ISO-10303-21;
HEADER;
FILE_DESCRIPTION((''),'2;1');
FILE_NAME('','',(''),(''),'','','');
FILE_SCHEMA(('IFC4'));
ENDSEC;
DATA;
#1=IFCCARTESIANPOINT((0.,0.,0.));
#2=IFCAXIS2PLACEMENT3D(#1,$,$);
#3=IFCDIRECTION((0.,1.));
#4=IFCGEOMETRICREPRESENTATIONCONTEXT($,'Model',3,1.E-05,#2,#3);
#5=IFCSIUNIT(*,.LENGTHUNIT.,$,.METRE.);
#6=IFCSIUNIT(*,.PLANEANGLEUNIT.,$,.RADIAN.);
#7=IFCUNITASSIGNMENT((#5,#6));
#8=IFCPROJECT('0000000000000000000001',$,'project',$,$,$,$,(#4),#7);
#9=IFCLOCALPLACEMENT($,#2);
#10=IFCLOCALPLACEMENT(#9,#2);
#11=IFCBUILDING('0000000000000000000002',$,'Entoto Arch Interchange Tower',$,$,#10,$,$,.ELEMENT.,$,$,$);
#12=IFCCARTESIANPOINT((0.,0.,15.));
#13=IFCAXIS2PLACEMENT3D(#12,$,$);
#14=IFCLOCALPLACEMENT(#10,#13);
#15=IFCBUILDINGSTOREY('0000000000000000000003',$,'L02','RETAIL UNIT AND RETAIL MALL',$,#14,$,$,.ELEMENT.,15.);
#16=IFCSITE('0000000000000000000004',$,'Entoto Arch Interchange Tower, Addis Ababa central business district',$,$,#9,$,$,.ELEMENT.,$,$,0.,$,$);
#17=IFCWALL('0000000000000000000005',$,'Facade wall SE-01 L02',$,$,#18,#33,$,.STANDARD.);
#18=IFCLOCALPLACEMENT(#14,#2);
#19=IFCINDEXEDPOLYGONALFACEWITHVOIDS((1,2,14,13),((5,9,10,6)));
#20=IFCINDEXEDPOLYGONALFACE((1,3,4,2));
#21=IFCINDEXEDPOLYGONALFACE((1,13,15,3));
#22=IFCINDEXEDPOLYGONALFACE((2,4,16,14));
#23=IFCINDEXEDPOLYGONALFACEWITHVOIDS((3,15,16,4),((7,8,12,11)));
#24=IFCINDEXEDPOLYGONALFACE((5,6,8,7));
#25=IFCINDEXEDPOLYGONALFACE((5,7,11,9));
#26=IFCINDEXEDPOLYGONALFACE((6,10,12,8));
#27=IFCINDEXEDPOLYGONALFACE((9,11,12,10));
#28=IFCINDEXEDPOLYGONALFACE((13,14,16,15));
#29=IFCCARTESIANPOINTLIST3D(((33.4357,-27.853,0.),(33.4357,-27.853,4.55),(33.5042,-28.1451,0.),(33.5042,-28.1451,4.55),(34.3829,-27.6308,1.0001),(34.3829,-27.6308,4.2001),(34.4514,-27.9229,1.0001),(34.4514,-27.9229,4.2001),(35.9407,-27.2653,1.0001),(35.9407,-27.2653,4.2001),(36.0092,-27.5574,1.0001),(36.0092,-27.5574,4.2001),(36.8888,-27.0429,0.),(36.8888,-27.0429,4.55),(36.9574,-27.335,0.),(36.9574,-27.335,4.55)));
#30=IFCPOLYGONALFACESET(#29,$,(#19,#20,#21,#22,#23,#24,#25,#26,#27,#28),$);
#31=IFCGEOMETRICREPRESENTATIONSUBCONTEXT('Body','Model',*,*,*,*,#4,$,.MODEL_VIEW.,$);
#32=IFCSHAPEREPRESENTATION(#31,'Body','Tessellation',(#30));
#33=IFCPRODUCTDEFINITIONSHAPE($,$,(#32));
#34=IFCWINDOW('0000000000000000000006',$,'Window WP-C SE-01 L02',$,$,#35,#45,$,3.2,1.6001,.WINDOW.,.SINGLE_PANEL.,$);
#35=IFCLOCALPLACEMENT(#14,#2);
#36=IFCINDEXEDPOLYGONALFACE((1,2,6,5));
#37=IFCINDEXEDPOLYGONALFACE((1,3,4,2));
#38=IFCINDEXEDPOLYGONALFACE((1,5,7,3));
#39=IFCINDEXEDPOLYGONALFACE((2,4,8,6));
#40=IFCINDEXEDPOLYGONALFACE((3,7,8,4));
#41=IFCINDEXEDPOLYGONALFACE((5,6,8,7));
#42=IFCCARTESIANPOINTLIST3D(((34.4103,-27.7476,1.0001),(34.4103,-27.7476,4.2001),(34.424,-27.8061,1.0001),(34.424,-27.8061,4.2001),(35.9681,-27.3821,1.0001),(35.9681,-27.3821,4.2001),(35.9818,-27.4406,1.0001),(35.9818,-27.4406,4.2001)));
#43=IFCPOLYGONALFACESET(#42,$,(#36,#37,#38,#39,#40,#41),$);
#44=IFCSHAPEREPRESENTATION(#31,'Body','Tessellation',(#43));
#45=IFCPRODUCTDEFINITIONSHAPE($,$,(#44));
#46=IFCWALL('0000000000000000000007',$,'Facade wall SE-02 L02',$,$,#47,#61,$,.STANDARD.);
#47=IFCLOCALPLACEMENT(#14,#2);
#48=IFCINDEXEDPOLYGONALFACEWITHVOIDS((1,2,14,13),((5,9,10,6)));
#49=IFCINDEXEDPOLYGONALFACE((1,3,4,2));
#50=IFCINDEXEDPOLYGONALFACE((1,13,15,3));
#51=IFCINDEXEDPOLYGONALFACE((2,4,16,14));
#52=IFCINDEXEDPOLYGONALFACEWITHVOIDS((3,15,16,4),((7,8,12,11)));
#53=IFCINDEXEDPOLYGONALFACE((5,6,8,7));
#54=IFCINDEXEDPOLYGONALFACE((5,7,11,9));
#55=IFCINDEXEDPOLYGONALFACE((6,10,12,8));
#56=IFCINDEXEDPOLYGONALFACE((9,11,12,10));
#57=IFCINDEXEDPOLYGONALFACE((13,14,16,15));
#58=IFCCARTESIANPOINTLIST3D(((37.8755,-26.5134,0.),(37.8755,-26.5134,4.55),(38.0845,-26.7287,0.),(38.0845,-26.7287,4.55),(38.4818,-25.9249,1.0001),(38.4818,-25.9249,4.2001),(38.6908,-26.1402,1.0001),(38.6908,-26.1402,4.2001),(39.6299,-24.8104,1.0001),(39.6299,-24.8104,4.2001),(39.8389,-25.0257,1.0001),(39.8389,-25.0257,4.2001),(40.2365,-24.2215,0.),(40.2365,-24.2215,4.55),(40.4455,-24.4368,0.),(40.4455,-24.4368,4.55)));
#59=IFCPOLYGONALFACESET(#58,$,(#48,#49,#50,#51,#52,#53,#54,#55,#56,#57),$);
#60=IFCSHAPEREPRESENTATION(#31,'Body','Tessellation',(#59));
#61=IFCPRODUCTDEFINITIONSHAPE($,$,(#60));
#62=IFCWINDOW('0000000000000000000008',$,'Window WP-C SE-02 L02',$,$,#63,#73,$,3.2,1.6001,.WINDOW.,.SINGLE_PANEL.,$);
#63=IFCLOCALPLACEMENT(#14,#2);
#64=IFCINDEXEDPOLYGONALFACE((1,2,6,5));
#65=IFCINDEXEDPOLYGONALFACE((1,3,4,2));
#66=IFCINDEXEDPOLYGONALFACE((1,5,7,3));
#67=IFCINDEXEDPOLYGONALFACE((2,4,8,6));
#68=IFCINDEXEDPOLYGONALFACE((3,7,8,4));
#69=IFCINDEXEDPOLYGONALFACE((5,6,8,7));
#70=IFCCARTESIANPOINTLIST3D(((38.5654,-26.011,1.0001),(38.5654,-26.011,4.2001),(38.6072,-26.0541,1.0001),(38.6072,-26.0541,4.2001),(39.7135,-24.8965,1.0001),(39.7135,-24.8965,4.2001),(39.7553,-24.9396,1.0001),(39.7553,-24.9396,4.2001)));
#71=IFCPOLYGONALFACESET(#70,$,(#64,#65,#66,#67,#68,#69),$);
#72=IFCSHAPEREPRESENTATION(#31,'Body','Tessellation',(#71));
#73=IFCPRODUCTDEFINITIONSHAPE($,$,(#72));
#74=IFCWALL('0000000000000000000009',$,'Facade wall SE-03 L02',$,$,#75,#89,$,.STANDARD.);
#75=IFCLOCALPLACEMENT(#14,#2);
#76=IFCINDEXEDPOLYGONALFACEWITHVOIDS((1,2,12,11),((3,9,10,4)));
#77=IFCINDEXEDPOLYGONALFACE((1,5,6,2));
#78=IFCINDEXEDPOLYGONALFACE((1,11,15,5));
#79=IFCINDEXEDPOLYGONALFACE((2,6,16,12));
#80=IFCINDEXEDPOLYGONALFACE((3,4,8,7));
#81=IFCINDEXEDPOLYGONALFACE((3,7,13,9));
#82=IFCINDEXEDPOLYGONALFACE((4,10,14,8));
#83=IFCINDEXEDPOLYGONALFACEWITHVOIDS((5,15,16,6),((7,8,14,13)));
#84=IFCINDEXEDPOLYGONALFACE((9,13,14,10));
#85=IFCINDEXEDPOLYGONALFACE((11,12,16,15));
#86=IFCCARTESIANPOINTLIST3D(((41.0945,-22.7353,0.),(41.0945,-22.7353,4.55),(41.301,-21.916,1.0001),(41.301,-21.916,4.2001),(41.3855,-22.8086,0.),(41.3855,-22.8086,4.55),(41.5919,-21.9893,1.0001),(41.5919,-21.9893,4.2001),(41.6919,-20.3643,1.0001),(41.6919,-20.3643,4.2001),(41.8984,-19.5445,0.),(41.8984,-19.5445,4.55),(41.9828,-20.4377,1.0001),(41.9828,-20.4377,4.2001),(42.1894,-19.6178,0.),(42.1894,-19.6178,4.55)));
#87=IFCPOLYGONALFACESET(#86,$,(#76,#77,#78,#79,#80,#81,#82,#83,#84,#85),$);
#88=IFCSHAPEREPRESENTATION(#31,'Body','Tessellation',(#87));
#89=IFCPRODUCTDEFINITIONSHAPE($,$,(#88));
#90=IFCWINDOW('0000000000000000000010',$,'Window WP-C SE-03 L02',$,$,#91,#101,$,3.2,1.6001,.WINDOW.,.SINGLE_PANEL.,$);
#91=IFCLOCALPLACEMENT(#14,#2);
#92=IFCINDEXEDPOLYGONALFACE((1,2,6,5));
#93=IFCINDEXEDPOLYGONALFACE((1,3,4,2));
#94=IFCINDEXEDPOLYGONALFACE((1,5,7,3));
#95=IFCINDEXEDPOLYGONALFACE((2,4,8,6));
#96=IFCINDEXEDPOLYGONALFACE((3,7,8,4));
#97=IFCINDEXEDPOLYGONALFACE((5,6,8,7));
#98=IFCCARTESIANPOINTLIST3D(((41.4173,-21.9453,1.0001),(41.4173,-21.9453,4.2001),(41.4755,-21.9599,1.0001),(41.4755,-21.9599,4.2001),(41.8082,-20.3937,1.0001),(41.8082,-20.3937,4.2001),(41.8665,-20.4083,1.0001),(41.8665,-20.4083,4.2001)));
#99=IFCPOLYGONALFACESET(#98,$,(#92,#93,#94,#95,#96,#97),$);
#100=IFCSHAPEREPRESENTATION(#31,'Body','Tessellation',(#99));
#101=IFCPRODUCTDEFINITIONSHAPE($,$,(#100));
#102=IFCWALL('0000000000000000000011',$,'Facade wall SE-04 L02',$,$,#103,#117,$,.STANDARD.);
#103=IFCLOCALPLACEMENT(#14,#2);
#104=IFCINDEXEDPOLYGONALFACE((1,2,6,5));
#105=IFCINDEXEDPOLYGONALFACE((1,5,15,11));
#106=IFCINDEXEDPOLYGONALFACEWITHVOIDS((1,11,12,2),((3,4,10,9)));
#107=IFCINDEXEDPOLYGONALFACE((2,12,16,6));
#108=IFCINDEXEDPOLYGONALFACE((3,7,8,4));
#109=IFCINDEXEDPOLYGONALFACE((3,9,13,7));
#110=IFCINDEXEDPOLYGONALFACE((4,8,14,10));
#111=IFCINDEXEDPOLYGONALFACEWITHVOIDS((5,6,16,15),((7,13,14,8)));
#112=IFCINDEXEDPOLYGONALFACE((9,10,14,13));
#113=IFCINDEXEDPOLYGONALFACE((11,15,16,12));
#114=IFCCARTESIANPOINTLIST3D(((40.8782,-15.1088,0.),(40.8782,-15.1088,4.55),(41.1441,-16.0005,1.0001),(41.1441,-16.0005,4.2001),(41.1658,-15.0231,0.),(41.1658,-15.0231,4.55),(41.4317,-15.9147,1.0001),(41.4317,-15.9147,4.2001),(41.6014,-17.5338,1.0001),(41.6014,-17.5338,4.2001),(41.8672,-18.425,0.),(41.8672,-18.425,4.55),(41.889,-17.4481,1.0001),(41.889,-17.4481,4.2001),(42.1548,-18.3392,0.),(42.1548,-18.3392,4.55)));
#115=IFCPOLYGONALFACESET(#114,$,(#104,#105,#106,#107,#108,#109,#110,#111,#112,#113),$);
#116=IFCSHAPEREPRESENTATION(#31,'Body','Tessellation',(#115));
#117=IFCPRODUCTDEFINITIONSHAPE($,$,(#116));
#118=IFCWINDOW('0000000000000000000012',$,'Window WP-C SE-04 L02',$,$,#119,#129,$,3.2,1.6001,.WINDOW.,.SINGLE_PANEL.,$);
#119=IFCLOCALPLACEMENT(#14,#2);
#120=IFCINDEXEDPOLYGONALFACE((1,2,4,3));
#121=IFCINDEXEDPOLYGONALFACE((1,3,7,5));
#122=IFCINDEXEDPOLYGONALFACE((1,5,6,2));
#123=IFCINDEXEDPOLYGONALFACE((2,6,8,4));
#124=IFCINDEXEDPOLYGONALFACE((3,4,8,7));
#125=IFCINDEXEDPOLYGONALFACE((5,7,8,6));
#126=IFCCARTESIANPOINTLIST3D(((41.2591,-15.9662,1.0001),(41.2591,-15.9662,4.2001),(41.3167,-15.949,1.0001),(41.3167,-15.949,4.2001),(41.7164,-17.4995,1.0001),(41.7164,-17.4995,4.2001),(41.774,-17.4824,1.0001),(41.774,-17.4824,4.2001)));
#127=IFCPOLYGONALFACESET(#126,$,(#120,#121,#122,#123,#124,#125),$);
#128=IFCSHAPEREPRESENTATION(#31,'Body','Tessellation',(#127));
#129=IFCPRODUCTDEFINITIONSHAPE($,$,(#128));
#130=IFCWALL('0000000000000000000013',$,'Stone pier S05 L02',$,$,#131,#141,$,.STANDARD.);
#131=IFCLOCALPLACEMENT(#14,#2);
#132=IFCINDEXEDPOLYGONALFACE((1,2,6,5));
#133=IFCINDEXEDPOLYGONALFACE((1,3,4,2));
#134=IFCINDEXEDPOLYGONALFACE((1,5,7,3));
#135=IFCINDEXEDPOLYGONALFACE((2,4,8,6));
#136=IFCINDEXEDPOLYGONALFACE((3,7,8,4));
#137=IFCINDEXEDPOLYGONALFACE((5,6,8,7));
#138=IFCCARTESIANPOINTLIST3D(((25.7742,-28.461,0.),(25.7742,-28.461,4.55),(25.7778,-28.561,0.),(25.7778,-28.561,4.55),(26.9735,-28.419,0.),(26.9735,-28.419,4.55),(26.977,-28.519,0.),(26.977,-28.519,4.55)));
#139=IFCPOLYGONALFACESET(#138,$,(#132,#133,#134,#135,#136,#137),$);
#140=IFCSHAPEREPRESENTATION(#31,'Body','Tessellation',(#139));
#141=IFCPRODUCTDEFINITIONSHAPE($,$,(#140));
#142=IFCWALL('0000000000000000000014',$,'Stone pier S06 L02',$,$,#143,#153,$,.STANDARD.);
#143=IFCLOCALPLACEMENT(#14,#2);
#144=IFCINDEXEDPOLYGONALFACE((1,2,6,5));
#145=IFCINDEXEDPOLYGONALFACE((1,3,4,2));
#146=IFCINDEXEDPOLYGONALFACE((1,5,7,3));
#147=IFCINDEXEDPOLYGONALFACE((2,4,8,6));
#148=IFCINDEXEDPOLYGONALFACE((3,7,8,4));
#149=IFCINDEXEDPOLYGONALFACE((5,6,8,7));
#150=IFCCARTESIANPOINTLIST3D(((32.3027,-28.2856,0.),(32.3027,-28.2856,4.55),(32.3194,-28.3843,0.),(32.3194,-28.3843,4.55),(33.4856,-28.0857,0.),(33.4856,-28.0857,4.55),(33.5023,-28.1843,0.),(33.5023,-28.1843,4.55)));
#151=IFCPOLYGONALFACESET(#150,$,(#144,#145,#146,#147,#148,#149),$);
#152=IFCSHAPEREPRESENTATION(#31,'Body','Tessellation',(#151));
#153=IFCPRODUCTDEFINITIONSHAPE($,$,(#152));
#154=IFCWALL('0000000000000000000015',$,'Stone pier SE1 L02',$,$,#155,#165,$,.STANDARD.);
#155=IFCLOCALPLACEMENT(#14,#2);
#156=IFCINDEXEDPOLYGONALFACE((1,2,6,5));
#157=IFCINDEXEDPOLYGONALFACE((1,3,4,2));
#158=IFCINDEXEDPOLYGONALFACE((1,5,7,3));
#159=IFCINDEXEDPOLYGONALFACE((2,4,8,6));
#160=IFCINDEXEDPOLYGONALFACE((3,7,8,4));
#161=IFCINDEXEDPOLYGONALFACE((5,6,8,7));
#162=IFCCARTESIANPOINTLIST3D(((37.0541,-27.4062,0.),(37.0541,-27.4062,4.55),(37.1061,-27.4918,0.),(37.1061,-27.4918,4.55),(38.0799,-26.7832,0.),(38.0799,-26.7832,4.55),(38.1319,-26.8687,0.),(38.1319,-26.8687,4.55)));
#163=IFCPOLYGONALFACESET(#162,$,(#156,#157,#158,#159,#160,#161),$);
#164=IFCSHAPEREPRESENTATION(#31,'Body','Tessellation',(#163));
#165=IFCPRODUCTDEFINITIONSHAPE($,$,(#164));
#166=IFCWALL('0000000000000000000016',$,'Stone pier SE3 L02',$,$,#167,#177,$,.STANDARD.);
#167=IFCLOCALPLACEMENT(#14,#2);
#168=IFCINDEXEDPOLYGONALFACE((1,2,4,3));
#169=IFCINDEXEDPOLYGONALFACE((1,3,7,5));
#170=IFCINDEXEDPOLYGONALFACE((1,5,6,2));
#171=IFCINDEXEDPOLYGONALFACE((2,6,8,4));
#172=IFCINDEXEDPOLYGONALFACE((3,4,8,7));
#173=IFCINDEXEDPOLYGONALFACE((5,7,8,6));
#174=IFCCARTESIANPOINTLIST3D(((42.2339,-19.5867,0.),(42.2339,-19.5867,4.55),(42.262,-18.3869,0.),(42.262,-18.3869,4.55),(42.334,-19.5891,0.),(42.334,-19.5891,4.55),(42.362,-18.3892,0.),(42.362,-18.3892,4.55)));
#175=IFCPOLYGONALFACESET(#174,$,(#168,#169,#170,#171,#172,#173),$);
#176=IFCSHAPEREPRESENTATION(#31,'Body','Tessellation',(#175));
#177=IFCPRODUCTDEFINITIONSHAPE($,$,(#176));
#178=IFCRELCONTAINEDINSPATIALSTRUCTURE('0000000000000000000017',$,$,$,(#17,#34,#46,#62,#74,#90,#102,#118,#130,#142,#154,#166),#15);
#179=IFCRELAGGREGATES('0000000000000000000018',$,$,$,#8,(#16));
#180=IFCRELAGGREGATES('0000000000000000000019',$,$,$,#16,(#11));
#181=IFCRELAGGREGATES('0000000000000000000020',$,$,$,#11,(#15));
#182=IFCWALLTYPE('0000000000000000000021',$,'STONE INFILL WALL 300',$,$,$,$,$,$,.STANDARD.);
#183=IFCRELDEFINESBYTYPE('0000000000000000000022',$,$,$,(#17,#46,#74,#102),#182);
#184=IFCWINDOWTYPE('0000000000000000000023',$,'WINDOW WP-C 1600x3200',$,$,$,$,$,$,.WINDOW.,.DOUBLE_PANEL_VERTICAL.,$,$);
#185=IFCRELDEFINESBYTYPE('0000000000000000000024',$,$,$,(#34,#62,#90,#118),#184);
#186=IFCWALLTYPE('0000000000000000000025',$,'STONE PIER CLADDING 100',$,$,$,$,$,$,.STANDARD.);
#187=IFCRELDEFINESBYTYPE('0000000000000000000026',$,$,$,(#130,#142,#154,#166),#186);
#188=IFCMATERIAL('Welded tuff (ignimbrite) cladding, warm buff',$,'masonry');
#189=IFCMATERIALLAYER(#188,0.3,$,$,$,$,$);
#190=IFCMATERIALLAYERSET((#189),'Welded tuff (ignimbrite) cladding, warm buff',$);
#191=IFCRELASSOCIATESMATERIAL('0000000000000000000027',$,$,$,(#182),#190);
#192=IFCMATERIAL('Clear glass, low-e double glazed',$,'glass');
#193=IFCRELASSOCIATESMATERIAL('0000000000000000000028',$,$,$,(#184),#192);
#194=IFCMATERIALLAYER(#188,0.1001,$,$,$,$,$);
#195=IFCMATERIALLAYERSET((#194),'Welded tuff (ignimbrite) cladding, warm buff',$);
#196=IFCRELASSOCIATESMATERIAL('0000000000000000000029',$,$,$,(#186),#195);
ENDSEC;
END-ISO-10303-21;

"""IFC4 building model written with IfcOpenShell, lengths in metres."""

from ifc_helpers import new_model, si_unit, direction, frame, frame_2d, origin, place, context, subcontext, project, spatial, rectangle, extrude, material, layer, layer_set, type_object, element, fill, save


model = new_model("IFC4")

# Units and contexts
model_context = context("Model", 3, precision=1e-05, world=origin(), true_north=direction((0.0, 1.0)))
body_context = subcontext(model_context, "Body", "Model", "MODEL_VIEW")
ifc_project = project(units=[si_unit("LENGTHUNIT", "METRE"), si_unit("PLANEANGLEUNIT", "RADIAN")], contexts=[model_context])

# Site, building, storey
site_placement = place(None, origin())
site = spatial("IfcSite", under=ifc_project, at=site_placement, Name="Entoto Arch Interchange Tower, Addis Ababa central business district", CompositionType="ELEMENT", RefElevation=0.0)
building_placement = place(site_placement, origin())
building = spatial("IfcBuilding", under=site, at=building_placement, Name="Entoto Arch Interchange Tower", CompositionType="ELEMENT")
storey_placement = place(building_placement, frame((0.0, 0.0, 15.0)))
storey = spatial("IfcBuildingStorey", under=building, at=storey_placement, Name="L02", Description="RETAIL UNIT AND RETAIL MALL", CompositionType="ELEMENT", Elevation=15.0)

# Shared definitions
ifc_material_1 = material(Name="Welded tuff (ignimbrite) cladding, warm buff", Category="masonry")
ifc_layer_1 = layer(ifc_material_1, 0.3)
ifc_layer_set_1 = layer_set([ifc_layer_1], Name="Welded tuff (ignimbrite) cladding, warm buff")
wall_type_1 = type_object("IfcWallType", Name="STONE INFILL WALL 300", PredefinedType="STANDARD", material=ifc_layer_set_1)
ifc_material_2 = material(Name="Clear glass, low-e double glazed", Category="glass")
window_type = type_object("IfcWindowType", Name="WINDOW WP-C 1600x3200", PartitioningType="DOUBLE_PANEL_VERTICAL", PredefinedType="WINDOW", material=ifc_material_2)

# Walls, openings, windows
wall_1_placement = place(storey_placement, frame((33.47, -27.999, 0.0), z_axis=(0.0, 0.0, 1.0), x_axis=(0.97357, 0.228387, 0.0)))
wall_1 = element("IfcWall", 1, at=wall_1_placement, inside=storey, type_object=wall_type_1, Name="Facade wall SE-01 L02", PredefinedType="STANDARD", context=body_context, shape_type="SweptSolid", body=[
    extrude(rectangle(XDim=3.5469, YDim=0.3, at=frame_2d((1.7734, 0.0))), origin(), (0.0, 0.0, 1.0), 4.55),
])
opening_1_placement = place(wall_1_placement, frame((0.9729, 0.0, 1.0)))
opening_1 = element("IfcOpeningElement", 2, at=opening_1_placement, cuts=wall_1, PredefinedType="OPENING", context=body_context, shape_type="SweptSolid", body=[
    extrude(rectangle(XDim=1.6001, YDim=3.2, at=frame_2d((0.8, 1.6001))), frame((0.0, 0.1602, 0.0), z_axis=(0.0, -1.0, 0.0), x_axis=(1.0, 0.0, 0.0)), (0.0, 0.0, 1.0), 0.3201),
])
window_1_placement = place(opening_1_placement, origin())
window_1 = element("IfcWindow", 3, at=window_1_placement, inside=storey, type_object=window_type, Name="Window WP-C SE-01 L02", OverallHeight=3.2, OverallWidth=1.6001, PartitioningType="SINGLE_PANEL", PredefinedType="WINDOW", context=body_context, shape_type="SweptSolid", body=[
    extrude(rectangle(XDim=1.6001, YDim=3.2, at=frame_2d((0.8, 1.6001))), frame((0.0, 0.03, 0.0), z_axis=(0.0, -1.0, 0.0), x_axis=(1.0, 0.0, 0.0)), (0.0, 0.0, 1.0), 0.0601),
])
fill(opening_1, window_1)
wall_2_placement = place(storey_placement, frame((37.98, -26.6211, 0.0), z_axis=(0.0, 0.0, 1.0), x_axis=(0.717527, 0.69653, 0.0)))
wall_2 = element("IfcWall", 4, at=wall_2_placement, inside=storey, type_object=wall_type_1, Name="Facade wall SE-02 L02", PredefinedType="STANDARD", context=body_context, shape_type="SweptSolid", body=[
    extrude(rectangle(XDim=3.2905, YDim=0.3, at=frame_2d((1.6453, 0.0))), origin(), (0.0, 0.0, 1.0), 4.55),
])
opening_2_placement = place(wall_2_placement, frame((0.845, 0.0, 1.0)))
opening_2 = element("IfcOpeningElement", 5, at=opening_2_placement, cuts=wall_2, PredefinedType="OPENING", context=body_context, shape_type="SweptSolid", body=[
    extrude(rectangle(XDim=1.6001, YDim=3.2, at=frame_2d((0.8, 1.6001))), frame((0.0, 0.1602, 0.0), z_axis=(0.0, -1.0, 0.0), x_axis=(1.0, 0.0, 0.0)), (0.0, 0.0, 1.0), 0.3201),
])
window_2_placement = place(opening_2_placement, origin())
window_2 = element("IfcWindow", 6, at=window_2_placement, inside=storey, type_object=window_type, Name="Window WP-C SE-02 L02", OverallHeight=3.2, OverallWidth=1.6001, PartitioningType="SINGLE_PANEL", PredefinedType="WINDOW", context=body_context, shape_type="SweptSolid", body=[
    extrude(rectangle(XDim=1.6001, YDim=3.2, at=frame_2d((0.8, 1.6001))), frame((0.0, 0.03, 0.0), z_axis=(0.0, -1.0, 0.0), x_axis=(1.0, 0.0, 0.0)), (0.0, 0.0, 1.0), 0.0601),
])
fill(opening_2, window_2)
wall_3_placement = place(storey_placement, frame((41.24, -22.772, 0.0), z_axis=(0.0, 0.0, 1.0), x_axis=(0.244316, 0.969696, 0.0)))
wall_3 = element("IfcWall", 7, at=wall_3_placement, inside=storey, type_object=wall_type_1, Name="Facade wall SE-03 L02", PredefinedType="STANDARD", context=body_context, shape_type="SweptSolid", body=[
    extrude(rectangle(XDim=3.2905, YDim=0.3, at=frame_2d((1.6453, 0.0))), origin(), (0.0, 0.0, 1.0), 4.55),
])
opening_3_placement = place(wall_3_placement, frame((0.845, 0.0, 1.0)))
opening_3 = element("IfcOpeningElement", 8, at=opening_3_placement, cuts=wall_3, PredefinedType="OPENING", context=body_context, shape_type="SweptSolid", body=[
    extrude(rectangle(XDim=1.6001, YDim=3.2, at=frame_2d((0.8, 1.6001))), frame((0.0, 0.1602, 0.0), z_axis=(0.0, -1.0, 0.0), x_axis=(1.0, 0.0, 0.0)), (0.0, 0.0, 1.0), 0.3201),
])
window_3_placement = place(opening_3_placement, origin())
window_3 = element("IfcWindow", 9, at=window_3_placement, inside=storey, type_object=window_type, Name="Window WP-C SE-03 L02", OverallHeight=3.2, OverallWidth=1.6001, PartitioningType="SINGLE_PANEL", PredefinedType="WINDOW", context=body_context, shape_type="SweptSolid", body=[
    extrude(rectangle(XDim=1.6001, YDim=3.2, at=frame_2d((0.8, 1.6001))), frame((0.0, 0.03, 0.0), z_axis=(0.0, -1.0, 0.0), x_axis=(1.0, 0.0, 0.0)), (0.0, 0.0, 1.0), 0.0601),
])
fill(opening_3, window_3)
wall_4_placement = place(storey_placement, frame((42.011, -18.3821, 0.0), z_axis=(0.0, 0.0, 1.0), x_axis=(-0.285801, 0.958289, 0.0)))
wall_4 = element("IfcWall", 10, at=wall_4_placement, inside=storey, type_object=wall_type_1, Name="Facade wall SE-04 L02", PredefinedType="STANDARD", context=body_context, shape_type="SweptSolid", body=[
    extrude(rectangle(XDim=3.4604, YDim=0.3, at=frame_2d((1.7302, 0.0))), origin(), (0.0, 0.0, 1.0), 4.55),
])
opening_4_placement = place(wall_4_placement, frame((0.9299, 0.0, 1.0)))
opening_4 = element("IfcOpeningElement", 11, at=opening_4_placement, cuts=wall_4, PredefinedType="OPENING", context=body_context, shape_type="SweptSolid", body=[
    extrude(rectangle(XDim=1.6001, YDim=3.2, at=frame_2d((0.8, 1.6001))), frame((0.0, 0.1602, 0.0), z_axis=(0.0, -1.0, 0.0), x_axis=(1.0, 0.0, 0.0)), (0.0, 0.0, 1.0), 0.3201),
])
window_4_placement = place(opening_4_placement, origin())
window_4 = element("IfcWindow", 12, at=window_4_placement, inside=storey, type_object=window_type, Name="Window WP-C SE-04 L02", OverallHeight=3.2, OverallWidth=1.6001, PartitioningType="SINGLE_PANEL", PredefinedType="WINDOW", context=body_context, shape_type="SweptSolid", body=[
    extrude(rectangle(XDim=1.6001, YDim=3.2, at=frame_2d((0.8, 1.6001))), frame((0.0, 0.03, 0.0), z_axis=(0.0, -1.0, 0.0), x_axis=(1.0, 0.0, 0.0)), (0.0, 0.0, 1.0), 0.0601),
])
fill(opening_4, window_4)

# Walls
ifc_layer_2 = layer(ifc_material_1, 0.1001)
ifc_layer_set_2 = layer_set([ifc_layer_2], Name="Welded tuff (ignimbrite) cladding, warm buff")
wall_type_2 = type_object("IfcWallType", Name="STONE PIER CLADDING 100", PredefinedType="STANDARD", material=ifc_layer_set_2)
wall_5_placement = place(storey_placement, frame((25.7759, -28.511, 0.0), z_axis=(0.0, 0.0, 1.0), x_axis=(0.999387, 0.034995, 0.0)))
element("IfcWall", 13, at=wall_5_placement, inside=storey, type_object=wall_type_2, Name="Stone pier S05 L02", PredefinedType="STANDARD", context=body_context, shape_type="SweptSolid", body=[
    extrude(rectangle(XDim=1.2, YDim=0.1001, at=frame_2d((0.6001, 0.0))), origin(), (0.0, 0.0, 1.0), 4.55),
])
wall_6_placement = place(storey_placement, frame((32.311, -28.335, 0.0), z_axis=(0.0, 0.0, 1.0), x_axis=(0.986012, 0.166676, 0.0)))
element("IfcWall", 14, at=wall_6_placement, inside=storey, type_object=wall_type_2, Name="Stone pier S06 L02", PredefinedType="STANDARD", context=body_context, shape_type="SweptSolid", body=[
    extrude(rectangle(XDim=1.1997, YDim=0.1001, at=frame_2d((0.5999, 0.0))), origin(), (0.0, 0.0, 1.0), 4.55),
])
for number, where, z_axis, x_axis, name in (
    (15, (37.0801, -27.449, 0.0), (0.0, 0.0, 1.0), (0.854717, 0.519095, 0.0), "Stone pier SE1 L02"),
    (16, (42.2839, -19.5879, 0.0), (0.0, 0.0, 1.0), (0.023391, 0.999726, 0.0), "Stone pier SE3 L02"),
):
    element("IfcWall", number, at=place(storey_placement, frame(where, z_axis=z_axis, x_axis=x_axis)), inside=storey, type_object=wall_type_2, Name=name, PredefinedType="STANDARD", context=body_context, shape_type="SweptSolid", body=[
        extrude(rectangle(XDim=1.2002, YDim=0.1001, at=frame_2d((0.6001, 0.0))), origin(), (0.0, 0.0, 1.0), 4.55),
    ])

save(model, "model.ifc")
